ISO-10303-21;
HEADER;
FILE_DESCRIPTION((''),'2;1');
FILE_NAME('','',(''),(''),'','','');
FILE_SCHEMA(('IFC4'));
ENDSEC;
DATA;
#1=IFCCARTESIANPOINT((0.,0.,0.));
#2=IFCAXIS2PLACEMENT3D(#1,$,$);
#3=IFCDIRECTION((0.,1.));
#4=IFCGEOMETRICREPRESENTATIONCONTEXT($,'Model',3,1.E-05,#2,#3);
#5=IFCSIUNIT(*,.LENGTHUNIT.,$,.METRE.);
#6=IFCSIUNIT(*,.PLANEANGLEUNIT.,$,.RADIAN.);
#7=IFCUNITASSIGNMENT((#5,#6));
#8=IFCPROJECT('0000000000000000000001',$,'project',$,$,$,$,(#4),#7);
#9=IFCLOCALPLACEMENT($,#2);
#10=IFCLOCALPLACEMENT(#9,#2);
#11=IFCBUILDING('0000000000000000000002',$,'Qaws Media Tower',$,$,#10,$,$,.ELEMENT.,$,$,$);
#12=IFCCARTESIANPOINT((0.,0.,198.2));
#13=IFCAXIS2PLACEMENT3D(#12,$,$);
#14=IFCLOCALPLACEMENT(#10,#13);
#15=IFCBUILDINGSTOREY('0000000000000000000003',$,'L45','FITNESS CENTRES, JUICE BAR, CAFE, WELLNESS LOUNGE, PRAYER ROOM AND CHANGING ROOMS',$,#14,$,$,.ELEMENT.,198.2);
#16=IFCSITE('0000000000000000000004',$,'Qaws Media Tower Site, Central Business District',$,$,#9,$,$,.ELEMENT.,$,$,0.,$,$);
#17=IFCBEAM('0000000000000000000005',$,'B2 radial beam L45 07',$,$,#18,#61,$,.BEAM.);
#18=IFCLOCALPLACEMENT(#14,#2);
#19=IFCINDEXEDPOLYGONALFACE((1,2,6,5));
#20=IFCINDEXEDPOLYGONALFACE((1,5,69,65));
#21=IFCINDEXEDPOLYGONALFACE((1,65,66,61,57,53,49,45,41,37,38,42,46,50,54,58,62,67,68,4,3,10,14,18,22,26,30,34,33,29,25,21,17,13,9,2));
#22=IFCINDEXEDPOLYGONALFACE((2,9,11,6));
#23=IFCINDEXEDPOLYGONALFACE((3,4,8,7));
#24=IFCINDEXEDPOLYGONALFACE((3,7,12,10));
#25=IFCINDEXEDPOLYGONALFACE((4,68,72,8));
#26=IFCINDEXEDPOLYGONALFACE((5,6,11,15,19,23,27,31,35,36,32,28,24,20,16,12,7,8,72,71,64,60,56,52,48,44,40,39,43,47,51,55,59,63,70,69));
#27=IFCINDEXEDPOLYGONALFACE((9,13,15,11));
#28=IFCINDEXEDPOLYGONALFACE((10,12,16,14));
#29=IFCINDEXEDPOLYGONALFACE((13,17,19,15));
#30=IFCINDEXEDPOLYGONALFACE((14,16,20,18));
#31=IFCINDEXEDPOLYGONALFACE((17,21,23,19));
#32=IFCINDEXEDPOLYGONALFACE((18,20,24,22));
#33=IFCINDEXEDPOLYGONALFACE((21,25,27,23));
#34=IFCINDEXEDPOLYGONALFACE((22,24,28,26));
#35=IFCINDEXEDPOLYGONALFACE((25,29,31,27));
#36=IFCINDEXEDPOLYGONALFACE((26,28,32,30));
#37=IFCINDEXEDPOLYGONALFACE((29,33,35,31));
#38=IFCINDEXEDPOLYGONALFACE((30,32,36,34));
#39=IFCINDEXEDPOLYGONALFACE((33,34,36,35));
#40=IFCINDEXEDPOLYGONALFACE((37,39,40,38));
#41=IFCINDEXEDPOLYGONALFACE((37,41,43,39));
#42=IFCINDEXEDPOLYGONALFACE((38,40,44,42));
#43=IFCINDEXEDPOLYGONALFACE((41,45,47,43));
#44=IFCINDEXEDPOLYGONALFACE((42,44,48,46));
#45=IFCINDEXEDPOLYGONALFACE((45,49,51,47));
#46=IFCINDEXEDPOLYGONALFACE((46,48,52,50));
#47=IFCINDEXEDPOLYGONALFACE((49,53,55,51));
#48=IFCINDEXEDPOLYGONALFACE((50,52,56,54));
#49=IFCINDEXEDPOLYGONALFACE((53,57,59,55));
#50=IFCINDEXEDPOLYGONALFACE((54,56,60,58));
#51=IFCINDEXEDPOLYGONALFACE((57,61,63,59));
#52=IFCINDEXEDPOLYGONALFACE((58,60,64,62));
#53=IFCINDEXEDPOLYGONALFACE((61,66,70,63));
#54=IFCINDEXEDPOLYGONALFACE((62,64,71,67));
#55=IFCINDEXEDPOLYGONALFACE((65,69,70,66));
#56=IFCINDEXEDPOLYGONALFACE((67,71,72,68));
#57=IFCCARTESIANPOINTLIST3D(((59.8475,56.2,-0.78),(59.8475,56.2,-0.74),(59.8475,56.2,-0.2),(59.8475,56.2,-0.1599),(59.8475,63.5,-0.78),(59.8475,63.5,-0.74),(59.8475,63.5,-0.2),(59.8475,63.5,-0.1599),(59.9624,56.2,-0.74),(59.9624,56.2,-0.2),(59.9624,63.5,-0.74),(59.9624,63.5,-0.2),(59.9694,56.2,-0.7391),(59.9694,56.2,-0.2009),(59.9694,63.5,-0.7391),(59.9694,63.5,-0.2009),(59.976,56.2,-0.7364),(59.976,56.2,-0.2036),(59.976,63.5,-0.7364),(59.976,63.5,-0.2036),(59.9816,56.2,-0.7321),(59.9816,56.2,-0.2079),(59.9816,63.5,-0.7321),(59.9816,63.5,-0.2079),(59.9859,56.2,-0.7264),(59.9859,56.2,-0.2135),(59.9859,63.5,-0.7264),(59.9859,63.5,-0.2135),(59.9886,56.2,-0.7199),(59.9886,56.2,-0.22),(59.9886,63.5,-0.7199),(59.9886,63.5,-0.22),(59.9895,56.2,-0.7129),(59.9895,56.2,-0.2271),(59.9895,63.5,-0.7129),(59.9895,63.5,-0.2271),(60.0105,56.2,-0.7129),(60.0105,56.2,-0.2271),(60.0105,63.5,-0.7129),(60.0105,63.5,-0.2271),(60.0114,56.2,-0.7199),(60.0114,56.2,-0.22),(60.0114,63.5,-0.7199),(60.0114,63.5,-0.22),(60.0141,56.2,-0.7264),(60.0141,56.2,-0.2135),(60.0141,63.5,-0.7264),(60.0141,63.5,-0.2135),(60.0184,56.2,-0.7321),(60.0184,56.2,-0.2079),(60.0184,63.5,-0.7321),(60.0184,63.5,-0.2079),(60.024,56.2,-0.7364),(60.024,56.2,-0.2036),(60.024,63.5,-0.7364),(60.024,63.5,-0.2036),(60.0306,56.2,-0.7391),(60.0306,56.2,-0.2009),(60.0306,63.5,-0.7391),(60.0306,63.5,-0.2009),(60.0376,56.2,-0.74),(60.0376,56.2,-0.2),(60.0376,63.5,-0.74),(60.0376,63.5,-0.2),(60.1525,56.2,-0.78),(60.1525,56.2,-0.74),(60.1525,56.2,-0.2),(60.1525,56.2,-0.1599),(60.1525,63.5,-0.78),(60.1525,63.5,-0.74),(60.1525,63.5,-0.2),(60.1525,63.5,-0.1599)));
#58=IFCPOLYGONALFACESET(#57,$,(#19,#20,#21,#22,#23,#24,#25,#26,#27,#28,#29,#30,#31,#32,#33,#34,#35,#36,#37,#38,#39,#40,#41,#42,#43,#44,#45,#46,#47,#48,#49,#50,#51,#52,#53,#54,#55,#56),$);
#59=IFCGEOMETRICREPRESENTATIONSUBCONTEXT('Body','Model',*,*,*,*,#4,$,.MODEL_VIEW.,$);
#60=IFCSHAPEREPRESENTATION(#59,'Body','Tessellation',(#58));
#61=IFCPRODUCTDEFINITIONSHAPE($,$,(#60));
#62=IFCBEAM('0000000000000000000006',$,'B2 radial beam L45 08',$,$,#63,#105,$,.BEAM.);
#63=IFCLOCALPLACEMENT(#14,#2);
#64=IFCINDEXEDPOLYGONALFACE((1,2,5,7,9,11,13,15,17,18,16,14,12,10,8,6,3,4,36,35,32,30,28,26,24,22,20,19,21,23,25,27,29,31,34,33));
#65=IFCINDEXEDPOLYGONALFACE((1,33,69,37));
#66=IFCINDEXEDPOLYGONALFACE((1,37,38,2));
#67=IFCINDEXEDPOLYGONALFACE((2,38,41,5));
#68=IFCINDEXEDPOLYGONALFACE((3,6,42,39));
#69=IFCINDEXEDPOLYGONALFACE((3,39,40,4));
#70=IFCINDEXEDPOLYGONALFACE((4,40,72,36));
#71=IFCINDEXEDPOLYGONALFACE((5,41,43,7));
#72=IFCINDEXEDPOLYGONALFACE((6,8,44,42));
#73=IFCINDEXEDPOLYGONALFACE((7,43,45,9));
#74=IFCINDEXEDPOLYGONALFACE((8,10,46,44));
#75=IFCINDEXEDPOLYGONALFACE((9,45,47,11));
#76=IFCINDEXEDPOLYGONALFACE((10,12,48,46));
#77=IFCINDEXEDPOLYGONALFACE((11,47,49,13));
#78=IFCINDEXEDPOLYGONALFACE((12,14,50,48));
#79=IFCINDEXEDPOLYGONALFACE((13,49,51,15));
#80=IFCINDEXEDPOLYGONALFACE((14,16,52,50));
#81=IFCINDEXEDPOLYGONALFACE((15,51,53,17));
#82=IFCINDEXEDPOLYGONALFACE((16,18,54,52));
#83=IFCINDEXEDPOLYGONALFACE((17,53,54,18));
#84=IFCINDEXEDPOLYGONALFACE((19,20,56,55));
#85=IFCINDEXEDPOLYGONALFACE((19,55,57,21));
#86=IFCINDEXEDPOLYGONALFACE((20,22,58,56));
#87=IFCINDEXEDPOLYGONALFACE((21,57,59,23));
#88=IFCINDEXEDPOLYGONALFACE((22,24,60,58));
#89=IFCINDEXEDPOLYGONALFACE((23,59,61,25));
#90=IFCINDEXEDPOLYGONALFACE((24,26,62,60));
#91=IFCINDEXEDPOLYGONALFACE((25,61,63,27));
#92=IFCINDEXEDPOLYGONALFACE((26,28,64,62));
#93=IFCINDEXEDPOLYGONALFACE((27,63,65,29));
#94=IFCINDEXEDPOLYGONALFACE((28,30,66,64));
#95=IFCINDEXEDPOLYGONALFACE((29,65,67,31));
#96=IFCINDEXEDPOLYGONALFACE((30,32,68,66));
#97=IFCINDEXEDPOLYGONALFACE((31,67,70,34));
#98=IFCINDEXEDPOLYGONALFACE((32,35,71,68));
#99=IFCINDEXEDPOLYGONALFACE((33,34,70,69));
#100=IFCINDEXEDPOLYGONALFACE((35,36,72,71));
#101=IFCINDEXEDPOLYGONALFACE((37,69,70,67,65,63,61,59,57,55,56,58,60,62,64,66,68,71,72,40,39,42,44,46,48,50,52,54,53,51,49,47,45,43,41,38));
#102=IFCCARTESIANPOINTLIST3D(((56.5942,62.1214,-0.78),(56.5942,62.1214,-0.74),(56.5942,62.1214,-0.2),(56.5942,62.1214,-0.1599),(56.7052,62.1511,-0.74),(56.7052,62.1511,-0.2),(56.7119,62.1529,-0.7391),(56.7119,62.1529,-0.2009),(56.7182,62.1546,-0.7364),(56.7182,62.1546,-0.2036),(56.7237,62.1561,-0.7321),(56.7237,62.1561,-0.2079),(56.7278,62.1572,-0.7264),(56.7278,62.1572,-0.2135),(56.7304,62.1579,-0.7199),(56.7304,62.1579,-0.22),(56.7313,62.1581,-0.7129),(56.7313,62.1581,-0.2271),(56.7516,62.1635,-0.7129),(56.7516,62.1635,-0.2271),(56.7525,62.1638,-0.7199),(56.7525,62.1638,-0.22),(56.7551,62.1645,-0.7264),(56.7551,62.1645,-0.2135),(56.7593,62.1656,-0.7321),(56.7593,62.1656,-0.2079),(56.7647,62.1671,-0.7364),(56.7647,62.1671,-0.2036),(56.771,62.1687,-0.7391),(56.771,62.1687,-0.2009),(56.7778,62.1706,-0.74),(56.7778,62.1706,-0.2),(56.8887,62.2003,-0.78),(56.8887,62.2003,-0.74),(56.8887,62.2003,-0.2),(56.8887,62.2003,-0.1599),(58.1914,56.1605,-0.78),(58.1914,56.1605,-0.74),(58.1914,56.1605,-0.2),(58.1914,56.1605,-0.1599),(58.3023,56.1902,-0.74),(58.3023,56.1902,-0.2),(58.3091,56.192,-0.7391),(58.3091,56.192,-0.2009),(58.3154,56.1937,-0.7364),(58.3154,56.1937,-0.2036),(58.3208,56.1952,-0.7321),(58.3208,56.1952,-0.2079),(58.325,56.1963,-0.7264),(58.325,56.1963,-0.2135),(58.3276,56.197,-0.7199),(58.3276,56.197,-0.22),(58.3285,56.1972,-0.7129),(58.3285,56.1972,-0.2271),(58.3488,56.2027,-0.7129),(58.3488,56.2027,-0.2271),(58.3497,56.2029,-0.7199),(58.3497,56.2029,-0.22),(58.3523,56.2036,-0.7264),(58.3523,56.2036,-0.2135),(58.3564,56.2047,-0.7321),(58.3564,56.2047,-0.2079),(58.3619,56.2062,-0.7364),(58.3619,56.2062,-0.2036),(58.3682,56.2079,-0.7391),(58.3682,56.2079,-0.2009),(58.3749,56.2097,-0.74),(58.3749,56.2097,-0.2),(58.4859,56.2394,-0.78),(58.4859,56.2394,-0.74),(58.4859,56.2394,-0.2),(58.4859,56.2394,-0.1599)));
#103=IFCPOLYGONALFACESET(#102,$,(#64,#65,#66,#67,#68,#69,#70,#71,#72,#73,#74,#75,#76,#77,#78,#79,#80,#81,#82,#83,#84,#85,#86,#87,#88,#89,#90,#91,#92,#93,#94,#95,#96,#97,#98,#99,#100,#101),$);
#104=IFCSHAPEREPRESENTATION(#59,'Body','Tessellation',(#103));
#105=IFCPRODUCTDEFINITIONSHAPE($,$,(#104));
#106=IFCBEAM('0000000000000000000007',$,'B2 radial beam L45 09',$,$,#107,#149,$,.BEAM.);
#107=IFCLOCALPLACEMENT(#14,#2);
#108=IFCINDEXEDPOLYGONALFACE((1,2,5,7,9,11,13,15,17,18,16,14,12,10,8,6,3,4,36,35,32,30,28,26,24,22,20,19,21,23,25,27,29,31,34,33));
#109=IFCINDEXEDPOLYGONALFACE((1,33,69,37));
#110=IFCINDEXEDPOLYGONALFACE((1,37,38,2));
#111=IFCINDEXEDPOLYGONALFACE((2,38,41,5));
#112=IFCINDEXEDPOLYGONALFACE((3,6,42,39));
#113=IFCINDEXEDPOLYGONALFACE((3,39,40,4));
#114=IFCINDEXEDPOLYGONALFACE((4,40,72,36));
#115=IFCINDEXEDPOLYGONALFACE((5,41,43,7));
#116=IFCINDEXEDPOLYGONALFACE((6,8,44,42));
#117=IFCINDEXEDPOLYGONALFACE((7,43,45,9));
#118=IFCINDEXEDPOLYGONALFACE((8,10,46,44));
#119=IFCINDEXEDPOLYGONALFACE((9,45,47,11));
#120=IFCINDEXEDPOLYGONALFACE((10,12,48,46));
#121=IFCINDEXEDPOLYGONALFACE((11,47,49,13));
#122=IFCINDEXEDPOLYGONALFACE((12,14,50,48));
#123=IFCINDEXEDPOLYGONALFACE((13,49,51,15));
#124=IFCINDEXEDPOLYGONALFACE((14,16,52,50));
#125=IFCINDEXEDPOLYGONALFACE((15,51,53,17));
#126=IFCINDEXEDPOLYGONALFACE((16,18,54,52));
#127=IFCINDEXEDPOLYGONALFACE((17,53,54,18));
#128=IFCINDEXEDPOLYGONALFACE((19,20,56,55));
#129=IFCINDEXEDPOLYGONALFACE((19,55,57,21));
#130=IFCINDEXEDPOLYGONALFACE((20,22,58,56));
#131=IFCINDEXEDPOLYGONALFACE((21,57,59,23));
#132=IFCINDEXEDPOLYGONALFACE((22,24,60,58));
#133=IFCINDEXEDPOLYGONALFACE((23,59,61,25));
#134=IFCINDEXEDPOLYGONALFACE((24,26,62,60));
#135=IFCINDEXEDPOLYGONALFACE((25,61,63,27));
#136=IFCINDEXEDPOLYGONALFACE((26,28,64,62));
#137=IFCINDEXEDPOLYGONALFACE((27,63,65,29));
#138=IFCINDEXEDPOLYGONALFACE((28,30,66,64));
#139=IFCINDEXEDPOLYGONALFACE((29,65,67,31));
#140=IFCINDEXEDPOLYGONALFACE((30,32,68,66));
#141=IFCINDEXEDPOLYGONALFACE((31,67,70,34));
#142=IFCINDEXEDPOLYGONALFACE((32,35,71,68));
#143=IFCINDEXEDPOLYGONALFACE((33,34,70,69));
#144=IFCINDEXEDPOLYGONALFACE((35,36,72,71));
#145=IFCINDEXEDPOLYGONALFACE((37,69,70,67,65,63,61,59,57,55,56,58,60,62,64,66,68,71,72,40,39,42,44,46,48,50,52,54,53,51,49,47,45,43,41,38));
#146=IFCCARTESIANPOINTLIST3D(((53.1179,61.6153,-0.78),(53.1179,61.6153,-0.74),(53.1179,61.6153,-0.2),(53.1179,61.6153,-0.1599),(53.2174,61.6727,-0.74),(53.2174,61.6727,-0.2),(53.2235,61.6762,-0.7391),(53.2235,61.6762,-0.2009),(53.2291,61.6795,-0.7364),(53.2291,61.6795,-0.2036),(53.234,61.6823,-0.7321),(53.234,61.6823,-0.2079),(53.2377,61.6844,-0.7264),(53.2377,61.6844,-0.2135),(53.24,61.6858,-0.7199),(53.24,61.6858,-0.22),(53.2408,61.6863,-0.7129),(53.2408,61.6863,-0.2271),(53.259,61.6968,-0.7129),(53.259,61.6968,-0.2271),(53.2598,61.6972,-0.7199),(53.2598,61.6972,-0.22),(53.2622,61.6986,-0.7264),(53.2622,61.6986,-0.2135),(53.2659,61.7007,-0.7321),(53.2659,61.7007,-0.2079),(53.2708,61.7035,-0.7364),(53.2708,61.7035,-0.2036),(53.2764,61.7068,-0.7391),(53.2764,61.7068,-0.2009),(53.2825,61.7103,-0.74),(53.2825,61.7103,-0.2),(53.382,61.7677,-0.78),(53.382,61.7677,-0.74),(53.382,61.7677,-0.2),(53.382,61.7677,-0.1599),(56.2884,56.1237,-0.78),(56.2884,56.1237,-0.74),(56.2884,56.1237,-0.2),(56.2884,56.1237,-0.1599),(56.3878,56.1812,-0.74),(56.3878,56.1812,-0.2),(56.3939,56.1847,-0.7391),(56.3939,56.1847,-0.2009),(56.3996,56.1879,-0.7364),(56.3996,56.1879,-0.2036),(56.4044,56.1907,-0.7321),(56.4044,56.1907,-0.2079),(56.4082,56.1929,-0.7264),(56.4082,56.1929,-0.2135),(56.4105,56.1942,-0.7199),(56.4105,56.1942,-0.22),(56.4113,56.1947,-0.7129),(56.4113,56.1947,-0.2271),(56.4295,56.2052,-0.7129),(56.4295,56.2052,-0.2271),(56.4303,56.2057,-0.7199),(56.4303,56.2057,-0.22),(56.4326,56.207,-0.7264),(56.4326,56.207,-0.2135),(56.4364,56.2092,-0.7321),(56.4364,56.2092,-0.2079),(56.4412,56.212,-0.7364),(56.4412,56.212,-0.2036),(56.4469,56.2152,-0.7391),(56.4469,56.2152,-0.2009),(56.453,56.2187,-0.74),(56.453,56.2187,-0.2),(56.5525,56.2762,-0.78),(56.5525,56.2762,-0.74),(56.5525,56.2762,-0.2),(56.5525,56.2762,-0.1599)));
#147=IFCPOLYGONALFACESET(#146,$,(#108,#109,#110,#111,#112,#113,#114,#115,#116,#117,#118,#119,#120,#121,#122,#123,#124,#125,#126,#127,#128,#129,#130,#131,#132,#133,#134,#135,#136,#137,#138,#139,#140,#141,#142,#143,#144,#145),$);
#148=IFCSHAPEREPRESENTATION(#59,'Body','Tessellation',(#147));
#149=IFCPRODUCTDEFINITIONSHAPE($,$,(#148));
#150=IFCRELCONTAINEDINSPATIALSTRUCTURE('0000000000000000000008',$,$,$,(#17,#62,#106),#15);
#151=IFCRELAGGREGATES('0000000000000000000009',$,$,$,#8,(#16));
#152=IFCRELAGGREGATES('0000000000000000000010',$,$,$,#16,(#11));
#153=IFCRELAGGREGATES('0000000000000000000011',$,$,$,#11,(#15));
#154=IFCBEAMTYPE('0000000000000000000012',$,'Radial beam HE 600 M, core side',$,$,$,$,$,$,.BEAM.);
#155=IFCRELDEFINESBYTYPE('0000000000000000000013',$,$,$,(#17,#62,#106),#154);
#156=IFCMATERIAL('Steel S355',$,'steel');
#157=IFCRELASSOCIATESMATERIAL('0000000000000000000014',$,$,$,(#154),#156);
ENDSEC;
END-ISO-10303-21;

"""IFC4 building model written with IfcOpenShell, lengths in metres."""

from ifc_helpers import new_model, si_unit, direction, frame, origin, origin_2d, place, context, subcontext, project, spatial, i_section, extrude, material, material_profile, profile_set, type_object, element, save


model = new_model("IFC4")

# Units and contexts
model_context = context("Model", 3, precision=1e-05, world=origin(), true_north=direction((0.0, 1.0)))
body_context = subcontext(model_context, "Body", "Model", "MODEL_VIEW")
ifc_project = project(units=[si_unit("LENGTHUNIT", "METRE"), si_unit("PLANEANGLEUNIT", "RADIAN")], contexts=[model_context])

# Site, building, storey
site_placement = place(None, origin())
site = spatial("IfcSite", under=ifc_project, at=site_placement, Name="Qaws Media Tower Site, Central Business District", CompositionType="ELEMENT", RefElevation=0.0)
building_placement = place(site_placement, origin())
building = spatial("IfcBuilding", under=site, at=building_placement, Name="Qaws Media Tower", CompositionType="ELEMENT")
storey_placement = place(building_placement, frame((0.0, 0.0, 198.2)))
storey = spatial("IfcBuildingStorey", under=building, at=storey_placement, Name="L45", Description="FITNESS CENTRES, JUICE BAR, CAFE, WELLNESS LOUNGE, PRAYER ROOM AND CHANGING ROOMS", CompositionType="ELEMENT", Elevation=198.2)

# Beams
ifc_material_1 = material(Name="Steel S355", Category="steel")
ifc_material_profile_1 = material_profile(ifc_material_1, i_section(OverallWidth=0.3049, OverallDepth=0.6201, WebThickness=0.021, FlangeThickness=0.04, FilletRadius=0.0271, at=origin_2d()), Name="HE 600 M")
ifc_profile_set_1 = profile_set([ifc_material_profile_1], Name="Steel S355")
beam_type_1 = type_object("IfcBeamType", Name="Radial beam HE 600 M, core side", PredefinedType="BEAM", material=ifc_profile_set_1)
beam_1_placement = place(storey_placement, frame((60.0, 56.2, -0.47), z_axis=(0.0, 1.0, 0.0), x_axis=(-1.0, 0.0, 0.0)))
element("IfcBeam", 1, at=beam_1_placement, inside=storey, type_object=beam_type_1, Name="B2 radial beam L45 07", PredefinedType="BEAM", context=body_context, shape_type="SweptSolid", body=[
    extrude(i_section(OverallWidth=0.3049, OverallDepth=0.6201, WebThickness=0.021, FlangeThickness=0.04, FilletRadius=0.0271, at=origin_2d()), origin(), (0.0, 0.0, 1.0), 7.3),
])
beam_2_placement = place(storey_placement, frame((58.3386, 56.2, -0.47), z_axis=(-0.25881, 0.965928, 0.0), x_axis=(-0.965928, -0.25881, 0.0)))
element("IfcBeam", 2, at=beam_2_placement, inside=storey, type_object=beam_type_1, Name="B2 radial beam L45 08", PredefinedType="BEAM", context=body_context, shape_type="SweptSolid", body=[
    extrude(i_section(OverallWidth=0.3049, OverallDepth=0.6201, WebThickness=0.021, FlangeThickness=0.04, FilletRadius=0.0271, at=origin_2d()), origin(), (0.0, 0.0, 1.0), 6.1711),
])
beam_3_placement = place(storey_placement, frame((56.4204, 56.2, -0.47), z_axis=(-0.49999, 0.866031, 0.0), x_axis=(-0.866031, -0.49999, 0.0)))
element("IfcBeam", 3, at=beam_3_placement, inside=storey, type_object=beam_type_1, Name="B2 radial beam L45 09", PredefinedType="BEAM", context=body_context, shape_type="SweptSolid", body=[
    extrude(i_section(OverallWidth=0.3049, OverallDepth=0.6201, WebThickness=0.021, FlangeThickness=0.04, FilletRadius=0.0271, at=origin_2d()), origin(), (0.0, 0.0, 1.0), 6.3411),
])

save(model, "model.ifc")
